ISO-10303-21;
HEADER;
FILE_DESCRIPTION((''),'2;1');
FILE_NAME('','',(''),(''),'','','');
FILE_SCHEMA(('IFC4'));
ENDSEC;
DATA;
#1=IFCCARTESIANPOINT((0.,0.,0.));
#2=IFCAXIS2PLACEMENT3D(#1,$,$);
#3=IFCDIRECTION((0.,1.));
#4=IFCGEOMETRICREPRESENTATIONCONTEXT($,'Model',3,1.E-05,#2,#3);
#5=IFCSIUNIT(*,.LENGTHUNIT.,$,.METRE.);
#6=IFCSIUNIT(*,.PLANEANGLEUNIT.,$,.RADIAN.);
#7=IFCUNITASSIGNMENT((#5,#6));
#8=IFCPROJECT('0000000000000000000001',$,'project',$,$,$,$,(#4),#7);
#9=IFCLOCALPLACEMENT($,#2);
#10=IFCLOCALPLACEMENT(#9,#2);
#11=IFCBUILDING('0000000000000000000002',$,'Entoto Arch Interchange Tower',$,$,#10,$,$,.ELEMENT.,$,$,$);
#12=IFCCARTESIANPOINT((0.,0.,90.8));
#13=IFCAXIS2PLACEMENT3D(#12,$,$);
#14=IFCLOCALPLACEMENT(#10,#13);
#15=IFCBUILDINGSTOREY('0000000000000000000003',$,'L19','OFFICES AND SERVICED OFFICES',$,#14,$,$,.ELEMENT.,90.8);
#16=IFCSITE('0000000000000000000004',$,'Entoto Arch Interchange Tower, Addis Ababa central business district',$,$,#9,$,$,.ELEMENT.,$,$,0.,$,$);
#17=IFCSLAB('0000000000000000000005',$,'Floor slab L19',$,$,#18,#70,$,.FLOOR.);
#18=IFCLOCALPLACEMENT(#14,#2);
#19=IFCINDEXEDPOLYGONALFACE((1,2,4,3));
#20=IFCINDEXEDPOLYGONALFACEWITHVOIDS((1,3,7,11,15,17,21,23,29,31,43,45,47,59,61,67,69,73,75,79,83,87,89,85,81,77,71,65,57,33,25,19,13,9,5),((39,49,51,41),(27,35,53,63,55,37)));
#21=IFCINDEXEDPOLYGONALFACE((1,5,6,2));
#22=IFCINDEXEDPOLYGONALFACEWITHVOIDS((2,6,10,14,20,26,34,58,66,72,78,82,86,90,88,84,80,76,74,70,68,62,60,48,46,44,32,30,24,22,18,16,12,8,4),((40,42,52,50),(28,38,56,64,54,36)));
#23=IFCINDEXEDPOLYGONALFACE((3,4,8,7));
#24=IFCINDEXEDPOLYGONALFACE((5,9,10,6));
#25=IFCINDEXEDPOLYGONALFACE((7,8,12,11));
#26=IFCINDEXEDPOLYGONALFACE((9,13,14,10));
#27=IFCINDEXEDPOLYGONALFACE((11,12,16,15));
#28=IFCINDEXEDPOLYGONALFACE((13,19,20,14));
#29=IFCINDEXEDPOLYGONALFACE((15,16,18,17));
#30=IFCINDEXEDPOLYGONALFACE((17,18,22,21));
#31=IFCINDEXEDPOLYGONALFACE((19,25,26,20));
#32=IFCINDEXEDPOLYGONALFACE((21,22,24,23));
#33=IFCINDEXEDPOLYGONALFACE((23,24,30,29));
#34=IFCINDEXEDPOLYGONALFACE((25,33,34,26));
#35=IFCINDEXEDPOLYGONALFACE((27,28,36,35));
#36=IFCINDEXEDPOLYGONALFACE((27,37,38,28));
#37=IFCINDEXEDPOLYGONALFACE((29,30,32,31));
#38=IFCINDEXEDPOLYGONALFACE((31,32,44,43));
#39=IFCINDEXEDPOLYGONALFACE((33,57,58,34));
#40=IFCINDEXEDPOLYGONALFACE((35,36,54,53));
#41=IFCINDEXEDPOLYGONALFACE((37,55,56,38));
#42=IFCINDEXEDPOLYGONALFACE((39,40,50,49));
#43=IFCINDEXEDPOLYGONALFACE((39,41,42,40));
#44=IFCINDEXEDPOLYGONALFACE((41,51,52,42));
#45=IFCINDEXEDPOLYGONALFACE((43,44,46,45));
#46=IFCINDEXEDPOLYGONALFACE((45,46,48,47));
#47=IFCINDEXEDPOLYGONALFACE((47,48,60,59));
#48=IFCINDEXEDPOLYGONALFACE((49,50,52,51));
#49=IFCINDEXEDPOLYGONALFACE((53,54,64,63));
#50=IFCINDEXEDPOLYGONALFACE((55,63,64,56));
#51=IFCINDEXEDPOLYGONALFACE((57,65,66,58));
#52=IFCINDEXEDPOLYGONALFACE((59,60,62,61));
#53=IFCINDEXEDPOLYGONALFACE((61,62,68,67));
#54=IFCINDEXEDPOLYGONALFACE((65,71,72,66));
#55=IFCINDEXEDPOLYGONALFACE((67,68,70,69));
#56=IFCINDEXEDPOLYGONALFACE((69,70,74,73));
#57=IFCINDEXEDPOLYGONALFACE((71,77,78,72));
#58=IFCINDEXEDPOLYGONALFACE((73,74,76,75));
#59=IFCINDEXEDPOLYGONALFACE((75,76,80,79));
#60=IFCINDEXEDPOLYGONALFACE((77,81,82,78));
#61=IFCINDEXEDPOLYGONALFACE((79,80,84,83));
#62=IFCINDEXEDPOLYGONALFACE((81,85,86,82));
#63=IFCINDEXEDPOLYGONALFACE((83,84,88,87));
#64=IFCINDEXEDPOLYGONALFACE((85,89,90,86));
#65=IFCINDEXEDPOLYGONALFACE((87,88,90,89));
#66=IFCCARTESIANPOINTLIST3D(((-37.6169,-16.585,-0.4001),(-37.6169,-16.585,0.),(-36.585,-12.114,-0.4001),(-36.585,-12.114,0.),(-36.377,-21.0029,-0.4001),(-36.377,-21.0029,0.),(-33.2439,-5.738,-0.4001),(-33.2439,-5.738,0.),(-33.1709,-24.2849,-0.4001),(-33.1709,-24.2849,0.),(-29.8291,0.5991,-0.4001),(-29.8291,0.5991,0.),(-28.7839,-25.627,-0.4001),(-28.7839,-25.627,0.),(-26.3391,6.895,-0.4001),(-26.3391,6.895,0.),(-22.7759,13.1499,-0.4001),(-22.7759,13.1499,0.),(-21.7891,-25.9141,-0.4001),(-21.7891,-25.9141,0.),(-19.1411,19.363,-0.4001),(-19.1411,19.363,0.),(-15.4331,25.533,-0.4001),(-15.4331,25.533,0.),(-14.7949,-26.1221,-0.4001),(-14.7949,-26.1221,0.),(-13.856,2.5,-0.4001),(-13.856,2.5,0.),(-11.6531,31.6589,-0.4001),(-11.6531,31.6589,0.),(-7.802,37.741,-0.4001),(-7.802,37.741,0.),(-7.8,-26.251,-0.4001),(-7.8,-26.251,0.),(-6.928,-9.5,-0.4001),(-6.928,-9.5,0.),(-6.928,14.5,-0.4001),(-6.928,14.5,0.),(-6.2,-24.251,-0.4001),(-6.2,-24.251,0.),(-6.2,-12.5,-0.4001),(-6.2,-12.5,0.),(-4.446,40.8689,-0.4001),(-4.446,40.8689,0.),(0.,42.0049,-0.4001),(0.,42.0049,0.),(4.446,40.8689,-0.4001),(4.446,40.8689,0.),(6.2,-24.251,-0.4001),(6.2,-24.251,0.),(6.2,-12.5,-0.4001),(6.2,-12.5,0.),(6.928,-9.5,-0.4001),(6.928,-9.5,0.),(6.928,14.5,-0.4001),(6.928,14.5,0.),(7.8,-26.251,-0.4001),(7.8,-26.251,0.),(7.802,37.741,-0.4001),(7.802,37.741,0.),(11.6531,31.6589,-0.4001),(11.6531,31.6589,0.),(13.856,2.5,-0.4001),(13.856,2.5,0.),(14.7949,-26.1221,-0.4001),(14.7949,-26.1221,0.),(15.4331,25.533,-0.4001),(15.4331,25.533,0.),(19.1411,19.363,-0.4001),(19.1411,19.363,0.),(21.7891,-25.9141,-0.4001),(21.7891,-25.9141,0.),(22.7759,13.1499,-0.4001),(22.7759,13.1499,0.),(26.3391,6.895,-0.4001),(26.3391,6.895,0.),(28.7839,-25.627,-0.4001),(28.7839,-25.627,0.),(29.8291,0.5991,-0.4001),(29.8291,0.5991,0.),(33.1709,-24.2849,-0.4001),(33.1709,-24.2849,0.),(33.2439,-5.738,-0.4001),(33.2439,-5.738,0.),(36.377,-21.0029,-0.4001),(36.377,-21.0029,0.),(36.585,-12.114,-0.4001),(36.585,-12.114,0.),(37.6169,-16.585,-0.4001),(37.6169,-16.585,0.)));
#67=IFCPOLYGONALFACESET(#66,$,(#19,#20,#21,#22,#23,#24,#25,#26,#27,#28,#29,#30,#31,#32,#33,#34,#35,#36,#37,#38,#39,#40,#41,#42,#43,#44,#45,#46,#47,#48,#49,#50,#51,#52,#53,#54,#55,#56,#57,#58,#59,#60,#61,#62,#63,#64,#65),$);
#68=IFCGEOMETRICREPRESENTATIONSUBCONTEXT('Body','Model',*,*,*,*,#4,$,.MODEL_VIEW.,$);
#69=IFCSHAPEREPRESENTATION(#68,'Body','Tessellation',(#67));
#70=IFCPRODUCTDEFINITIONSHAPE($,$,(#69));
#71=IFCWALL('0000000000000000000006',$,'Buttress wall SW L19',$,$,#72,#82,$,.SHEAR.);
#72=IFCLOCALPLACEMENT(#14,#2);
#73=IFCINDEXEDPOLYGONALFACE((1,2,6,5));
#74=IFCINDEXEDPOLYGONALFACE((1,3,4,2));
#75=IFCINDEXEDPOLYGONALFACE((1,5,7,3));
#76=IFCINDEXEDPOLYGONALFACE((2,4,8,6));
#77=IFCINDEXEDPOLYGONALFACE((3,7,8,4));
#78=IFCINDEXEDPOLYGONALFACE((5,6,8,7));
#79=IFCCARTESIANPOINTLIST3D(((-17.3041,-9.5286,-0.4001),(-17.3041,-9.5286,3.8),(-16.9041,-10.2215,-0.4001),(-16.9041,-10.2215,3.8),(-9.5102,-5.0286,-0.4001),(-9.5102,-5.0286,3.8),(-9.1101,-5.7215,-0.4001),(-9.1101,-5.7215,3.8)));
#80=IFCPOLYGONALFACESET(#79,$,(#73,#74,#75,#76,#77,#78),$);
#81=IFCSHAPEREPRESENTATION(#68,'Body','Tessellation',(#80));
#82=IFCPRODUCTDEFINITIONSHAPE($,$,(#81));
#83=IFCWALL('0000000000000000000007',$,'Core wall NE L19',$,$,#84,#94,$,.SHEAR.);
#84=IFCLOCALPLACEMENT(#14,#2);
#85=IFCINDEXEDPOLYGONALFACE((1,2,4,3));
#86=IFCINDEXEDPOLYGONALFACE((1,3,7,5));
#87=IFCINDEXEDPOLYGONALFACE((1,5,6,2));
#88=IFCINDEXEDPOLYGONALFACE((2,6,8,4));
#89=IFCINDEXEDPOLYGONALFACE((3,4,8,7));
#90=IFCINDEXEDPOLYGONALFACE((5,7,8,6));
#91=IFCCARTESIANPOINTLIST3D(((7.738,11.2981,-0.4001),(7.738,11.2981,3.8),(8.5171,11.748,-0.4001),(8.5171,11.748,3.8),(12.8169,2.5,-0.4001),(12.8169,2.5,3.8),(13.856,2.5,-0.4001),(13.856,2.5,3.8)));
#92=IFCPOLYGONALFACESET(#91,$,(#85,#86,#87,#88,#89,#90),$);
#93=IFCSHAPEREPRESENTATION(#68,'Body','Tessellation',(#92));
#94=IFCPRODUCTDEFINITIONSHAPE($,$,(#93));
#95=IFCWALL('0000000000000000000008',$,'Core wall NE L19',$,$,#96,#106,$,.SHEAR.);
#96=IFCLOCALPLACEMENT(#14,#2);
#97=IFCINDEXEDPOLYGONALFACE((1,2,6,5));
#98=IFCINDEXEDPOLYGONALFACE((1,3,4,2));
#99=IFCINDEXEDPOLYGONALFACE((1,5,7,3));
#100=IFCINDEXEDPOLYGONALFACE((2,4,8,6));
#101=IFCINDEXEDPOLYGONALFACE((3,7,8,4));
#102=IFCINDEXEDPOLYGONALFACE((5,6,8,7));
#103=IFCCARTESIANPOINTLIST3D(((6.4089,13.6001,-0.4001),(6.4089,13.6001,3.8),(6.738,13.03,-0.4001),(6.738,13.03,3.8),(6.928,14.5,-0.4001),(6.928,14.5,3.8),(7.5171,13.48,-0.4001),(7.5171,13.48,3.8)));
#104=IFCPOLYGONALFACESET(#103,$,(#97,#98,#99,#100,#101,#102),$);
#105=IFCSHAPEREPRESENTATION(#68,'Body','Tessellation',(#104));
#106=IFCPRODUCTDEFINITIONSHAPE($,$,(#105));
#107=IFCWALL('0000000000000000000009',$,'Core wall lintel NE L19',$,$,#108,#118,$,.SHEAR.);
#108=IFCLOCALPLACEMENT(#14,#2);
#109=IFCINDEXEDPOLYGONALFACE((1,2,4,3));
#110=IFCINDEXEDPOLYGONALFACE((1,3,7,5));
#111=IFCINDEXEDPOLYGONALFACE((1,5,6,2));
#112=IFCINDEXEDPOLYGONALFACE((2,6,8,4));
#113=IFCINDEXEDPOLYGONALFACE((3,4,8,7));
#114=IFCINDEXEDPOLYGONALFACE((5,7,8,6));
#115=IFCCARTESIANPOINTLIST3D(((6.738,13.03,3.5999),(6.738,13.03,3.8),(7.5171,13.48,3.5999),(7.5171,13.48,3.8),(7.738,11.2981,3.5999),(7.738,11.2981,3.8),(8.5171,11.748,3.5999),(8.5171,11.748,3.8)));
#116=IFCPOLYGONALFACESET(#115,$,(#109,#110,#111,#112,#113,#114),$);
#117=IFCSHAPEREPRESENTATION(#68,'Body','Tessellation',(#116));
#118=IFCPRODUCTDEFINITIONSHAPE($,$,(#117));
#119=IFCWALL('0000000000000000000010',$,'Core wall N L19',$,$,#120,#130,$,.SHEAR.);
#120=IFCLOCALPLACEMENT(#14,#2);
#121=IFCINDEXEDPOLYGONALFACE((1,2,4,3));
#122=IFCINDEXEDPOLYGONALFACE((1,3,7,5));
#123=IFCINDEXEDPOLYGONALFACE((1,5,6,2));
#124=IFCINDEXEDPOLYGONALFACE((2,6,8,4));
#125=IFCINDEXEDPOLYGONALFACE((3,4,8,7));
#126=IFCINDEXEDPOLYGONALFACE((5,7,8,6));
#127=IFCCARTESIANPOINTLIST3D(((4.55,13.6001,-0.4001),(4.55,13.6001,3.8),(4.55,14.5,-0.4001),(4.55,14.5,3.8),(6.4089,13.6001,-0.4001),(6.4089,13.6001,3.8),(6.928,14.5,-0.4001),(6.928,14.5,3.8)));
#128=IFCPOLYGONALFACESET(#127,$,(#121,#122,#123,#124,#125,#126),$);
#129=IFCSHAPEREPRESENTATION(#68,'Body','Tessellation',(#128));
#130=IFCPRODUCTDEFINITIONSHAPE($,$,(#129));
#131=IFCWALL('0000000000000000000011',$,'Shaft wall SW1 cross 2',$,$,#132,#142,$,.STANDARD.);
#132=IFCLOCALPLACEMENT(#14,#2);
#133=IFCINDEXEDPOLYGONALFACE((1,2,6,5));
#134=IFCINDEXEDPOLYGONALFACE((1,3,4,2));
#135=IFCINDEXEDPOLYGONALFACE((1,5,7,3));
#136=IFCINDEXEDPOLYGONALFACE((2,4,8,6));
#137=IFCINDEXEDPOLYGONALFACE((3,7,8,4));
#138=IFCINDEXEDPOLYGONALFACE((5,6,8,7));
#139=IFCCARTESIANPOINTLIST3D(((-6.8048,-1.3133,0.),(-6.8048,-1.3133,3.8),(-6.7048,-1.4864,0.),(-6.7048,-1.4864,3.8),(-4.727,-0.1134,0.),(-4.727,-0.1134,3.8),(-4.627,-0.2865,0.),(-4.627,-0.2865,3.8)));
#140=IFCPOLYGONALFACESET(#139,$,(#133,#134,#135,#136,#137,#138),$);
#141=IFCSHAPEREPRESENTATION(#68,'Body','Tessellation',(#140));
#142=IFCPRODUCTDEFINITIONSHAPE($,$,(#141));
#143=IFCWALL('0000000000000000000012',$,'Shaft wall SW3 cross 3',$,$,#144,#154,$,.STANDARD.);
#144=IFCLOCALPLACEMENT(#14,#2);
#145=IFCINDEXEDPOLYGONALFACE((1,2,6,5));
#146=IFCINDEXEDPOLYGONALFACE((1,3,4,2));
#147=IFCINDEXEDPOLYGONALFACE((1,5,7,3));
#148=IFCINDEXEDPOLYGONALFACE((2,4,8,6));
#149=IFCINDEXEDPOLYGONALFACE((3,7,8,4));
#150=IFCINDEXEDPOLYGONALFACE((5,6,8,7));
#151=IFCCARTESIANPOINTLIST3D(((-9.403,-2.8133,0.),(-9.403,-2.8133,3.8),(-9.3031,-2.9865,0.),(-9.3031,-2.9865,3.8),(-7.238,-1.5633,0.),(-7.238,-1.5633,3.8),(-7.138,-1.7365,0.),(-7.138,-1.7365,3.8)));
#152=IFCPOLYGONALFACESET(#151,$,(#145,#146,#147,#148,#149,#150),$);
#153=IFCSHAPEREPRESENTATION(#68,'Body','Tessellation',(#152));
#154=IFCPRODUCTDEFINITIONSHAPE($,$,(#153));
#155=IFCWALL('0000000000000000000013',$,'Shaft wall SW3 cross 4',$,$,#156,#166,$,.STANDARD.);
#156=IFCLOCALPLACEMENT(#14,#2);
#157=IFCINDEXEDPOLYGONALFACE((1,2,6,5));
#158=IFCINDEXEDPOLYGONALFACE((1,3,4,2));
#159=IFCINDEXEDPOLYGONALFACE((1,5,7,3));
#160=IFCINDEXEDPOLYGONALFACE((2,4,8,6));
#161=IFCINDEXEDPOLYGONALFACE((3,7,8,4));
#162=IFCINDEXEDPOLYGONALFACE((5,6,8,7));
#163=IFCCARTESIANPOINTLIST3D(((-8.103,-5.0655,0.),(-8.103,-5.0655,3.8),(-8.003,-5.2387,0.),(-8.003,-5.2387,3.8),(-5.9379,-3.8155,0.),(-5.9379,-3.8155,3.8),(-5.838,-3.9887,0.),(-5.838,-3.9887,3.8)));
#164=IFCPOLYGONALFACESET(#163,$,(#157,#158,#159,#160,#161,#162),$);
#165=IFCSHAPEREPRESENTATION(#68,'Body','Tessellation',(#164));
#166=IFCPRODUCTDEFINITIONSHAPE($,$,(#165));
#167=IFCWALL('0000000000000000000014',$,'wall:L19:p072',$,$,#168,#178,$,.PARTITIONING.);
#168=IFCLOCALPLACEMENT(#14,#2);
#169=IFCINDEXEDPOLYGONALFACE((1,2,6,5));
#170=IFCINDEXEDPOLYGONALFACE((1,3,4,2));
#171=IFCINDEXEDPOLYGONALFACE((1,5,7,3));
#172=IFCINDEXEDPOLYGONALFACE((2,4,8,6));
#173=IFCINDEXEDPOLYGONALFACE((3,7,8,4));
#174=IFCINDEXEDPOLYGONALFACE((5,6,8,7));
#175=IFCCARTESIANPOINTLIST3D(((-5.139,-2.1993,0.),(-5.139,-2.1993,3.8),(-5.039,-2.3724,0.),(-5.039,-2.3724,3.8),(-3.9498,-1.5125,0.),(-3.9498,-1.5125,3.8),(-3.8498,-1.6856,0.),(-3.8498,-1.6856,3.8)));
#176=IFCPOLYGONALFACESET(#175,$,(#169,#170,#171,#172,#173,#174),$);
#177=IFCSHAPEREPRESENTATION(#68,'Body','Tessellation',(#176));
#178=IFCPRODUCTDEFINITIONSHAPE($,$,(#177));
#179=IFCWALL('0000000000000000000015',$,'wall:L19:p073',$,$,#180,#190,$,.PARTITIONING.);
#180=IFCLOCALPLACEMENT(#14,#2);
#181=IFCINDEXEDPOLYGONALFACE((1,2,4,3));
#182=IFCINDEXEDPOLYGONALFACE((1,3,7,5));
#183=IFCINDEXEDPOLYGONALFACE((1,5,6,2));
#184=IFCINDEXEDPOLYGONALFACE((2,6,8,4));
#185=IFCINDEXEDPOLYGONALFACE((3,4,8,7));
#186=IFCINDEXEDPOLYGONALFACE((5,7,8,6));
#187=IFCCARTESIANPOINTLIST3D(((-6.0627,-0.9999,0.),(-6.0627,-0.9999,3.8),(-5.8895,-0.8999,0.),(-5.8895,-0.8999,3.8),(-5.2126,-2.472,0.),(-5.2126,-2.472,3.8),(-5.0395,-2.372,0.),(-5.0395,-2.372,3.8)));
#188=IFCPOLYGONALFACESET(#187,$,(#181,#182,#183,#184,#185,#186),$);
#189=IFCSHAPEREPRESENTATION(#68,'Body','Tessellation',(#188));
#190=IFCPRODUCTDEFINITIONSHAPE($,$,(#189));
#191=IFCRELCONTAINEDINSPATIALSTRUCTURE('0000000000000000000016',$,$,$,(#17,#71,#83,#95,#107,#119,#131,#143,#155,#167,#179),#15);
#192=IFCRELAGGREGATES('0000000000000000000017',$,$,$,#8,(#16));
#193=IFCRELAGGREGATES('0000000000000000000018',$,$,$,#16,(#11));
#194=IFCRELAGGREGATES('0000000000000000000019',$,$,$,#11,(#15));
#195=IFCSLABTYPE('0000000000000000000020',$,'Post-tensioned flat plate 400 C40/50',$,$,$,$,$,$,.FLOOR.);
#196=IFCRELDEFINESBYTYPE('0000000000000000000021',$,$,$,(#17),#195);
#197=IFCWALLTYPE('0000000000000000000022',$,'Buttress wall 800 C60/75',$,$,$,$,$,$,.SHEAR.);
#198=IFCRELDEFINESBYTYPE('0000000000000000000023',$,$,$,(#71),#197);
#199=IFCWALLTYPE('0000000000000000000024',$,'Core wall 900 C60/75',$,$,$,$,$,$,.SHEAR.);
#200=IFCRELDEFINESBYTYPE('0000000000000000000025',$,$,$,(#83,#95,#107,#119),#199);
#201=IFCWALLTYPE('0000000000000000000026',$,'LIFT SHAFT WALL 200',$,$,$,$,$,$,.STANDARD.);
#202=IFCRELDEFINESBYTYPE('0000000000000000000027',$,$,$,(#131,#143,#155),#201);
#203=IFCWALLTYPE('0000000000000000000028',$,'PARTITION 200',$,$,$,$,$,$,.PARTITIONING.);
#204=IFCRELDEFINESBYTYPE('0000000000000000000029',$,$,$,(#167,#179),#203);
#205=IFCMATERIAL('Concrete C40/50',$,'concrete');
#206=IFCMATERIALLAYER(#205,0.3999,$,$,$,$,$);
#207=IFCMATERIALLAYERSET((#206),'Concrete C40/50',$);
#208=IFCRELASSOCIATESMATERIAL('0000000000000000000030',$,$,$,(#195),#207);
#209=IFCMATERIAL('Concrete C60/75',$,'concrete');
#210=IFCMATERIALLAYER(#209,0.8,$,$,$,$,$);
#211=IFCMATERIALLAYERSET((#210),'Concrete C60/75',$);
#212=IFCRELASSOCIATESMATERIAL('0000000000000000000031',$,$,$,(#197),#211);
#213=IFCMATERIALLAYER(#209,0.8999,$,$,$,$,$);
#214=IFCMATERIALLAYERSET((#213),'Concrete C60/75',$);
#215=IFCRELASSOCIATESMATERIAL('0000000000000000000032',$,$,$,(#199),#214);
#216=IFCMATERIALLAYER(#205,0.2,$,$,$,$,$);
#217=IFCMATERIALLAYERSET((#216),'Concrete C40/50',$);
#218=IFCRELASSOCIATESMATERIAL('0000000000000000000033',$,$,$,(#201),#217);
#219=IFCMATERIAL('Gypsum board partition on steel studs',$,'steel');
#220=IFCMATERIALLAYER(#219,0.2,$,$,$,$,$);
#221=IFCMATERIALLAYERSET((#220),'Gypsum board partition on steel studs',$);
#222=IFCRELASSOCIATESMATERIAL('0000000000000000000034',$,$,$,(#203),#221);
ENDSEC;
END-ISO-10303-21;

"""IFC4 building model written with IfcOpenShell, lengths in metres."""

from ifc_helpers import new_model, si_unit, direction, frame, frame_2d, origin, place, context, subcontext, project, spatial, polyline, rectangle, outline, extrude, material, layer, layer_set, type_object, element, save


model = new_model("IFC4")

# Units and contexts
model_context = context("Model", 3, precision=1e-05, world=origin(), true_north=direction((0.0, 1.0)))
body_context = subcontext(model_context, "Body", "Model", "MODEL_VIEW")
ifc_project = project(units=[si_unit("LENGTHUNIT", "METRE"), si_unit("PLANEANGLEUNIT", "RADIAN")], contexts=[model_context])

# Site, building, storey
site_placement = place(None, origin())
site = spatial("IfcSite", under=ifc_project, at=site_placement, Name="Entoto Arch Interchange Tower, Addis Ababa central business district", CompositionType="ELEMENT", RefElevation=0.0)
building_placement = place(site_placement, origin())
building = spatial("IfcBuilding", under=site, at=building_placement, Name="Entoto Arch Interchange Tower", CompositionType="ELEMENT")
storey_placement = place(building_placement, frame((0.0, 0.0, 90.8)))
storey = spatial("IfcBuildingStorey", under=building, at=storey_placement, Name="L19", Description="OFFICES AND SERVICED OFFICES", CompositionType="ELEMENT", Elevation=90.8)

# Slab
ifc_material_1 = material(Name="Concrete C40/50", Category="concrete")
ifc_layer_1 = layer(ifc_material_1, 0.3999)
ifc_layer_set_1 = layer_set([ifc_layer_1], Name="Concrete C40/50")
slab_type = type_object("IfcSlabType", Name="Post-tensioned flat plate 400 C40/50", PredefinedType="FLOOR", material=ifc_layer_set_1)
slab_placement = place(storey_placement, frame((0.0, 0.0, -0.4001)))
element("IfcSlab", 1, at=slab_placement, inside=storey, type_object=slab_type, Name="Floor slab L19", PredefinedType="FLOOR", context=body_context, shape_type="SweptSolid", body=[
    extrude(outline(polyline([(-28.7839, -25.627), (-21.7891, -25.9141), (-14.7949, -26.1221), (-7.8, -26.251), (7.8, -26.251), (14.7949, -26.1221), (21.7891, -25.9141), (28.7839, -25.627), (33.1709, -24.2849), (36.377, -21.0029), (37.6169, -16.585), (36.585, -12.114), (33.2439, -5.738), (29.8291, 0.5991), (26.3391, 6.895), (22.7759, 13.1499), (19.1411, 19.363), (15.4331, 25.533), (11.6531, 31.6589), (7.802, 37.741), (4.446, 40.8689), (0.0, 42.0049), (-4.446, 40.8689), (-7.802, 37.741), (-11.6531, 31.6589), (-15.4331, 25.533), (-19.1411, 19.363), (-22.7759, 13.1499), (-26.3391, 6.895), (-29.8291, 0.5991), (-33.2439, -5.738), (-36.585, -12.114), (-37.6169, -16.585), (-36.377, -21.0029), (-33.1709, -24.2849), (-28.7839, -25.627)]), holes=[polyline([(6.2, -24.251), (6.2, -12.5), (-6.2, -12.5), (-6.2, -24.251), (6.2, -24.251)]), polyline([(13.856, 2.5), (6.928, 14.5), (-6.928, 14.5), (-13.856, 2.5), (-6.928, -9.5), (6.928, -9.5), (13.856, 2.5)])]), origin(), (0.0, 0.0, 1.0), 0.4001),
])

# Walls
ifc_material_2 = material(Name="Concrete C60/75", Category="concrete")
ifc_layer_2 = layer(ifc_material_2, 0.8)
ifc_layer_set_2 = layer_set([ifc_layer_2], Name="Concrete C60/75")
wall_type_1 = type_object("IfcWallType", Name="Buttress wall 800 C60/75", PredefinedType="SHEAR", material=ifc_layer_set_2)
wall_1_placement = place(storey_placement, frame((-9.3101, -5.375, -0.4001), z_axis=(0.0, 0.0, 1.0), x_axis=(-0.866018, -0.500014, 0.0)))
element("IfcWall", 2, at=wall_1_placement, inside=storey, type_object=wall_type_1, Name="Buttress wall SW L19", PredefinedType="SHEAR", context=body_context, shape_type="SweptSolid", body=[
    extrude(rectangle(XDim=8.9998, YDim=0.8, at=frame_2d((4.5, 0.0))), origin(), (0.0, 0.0, 1.0), 4.2002),
])
ifc_layer_3 = layer(ifc_material_2, 0.8999)
ifc_layer_set_3 = layer_set([ifc_layer_3], Name="Concrete C60/75")
wall_type_2 = type_object("IfcWallType", Name="Core wall 900 C60/75", PredefinedType="SHEAR", material=ifc_layer_set_3)
wall_2_placement = place(storey_placement, frame((0.0, 0.0, -0.4001)))
element("IfcWall", 3, at=wall_2_placement, inside=storey, type_object=wall_type_2, Name="Core wall NE L19", PredefinedType="SHEAR", context=body_context, shape_type="SweptSolid", body=[
    extrude(outline(polyline([(8.5171, 11.748), (7.738, 11.2981), (12.8169, 2.5), (13.856, 2.5), (8.5171, 11.748)])), origin(), (0.0, 0.0, 1.0), 4.2002),
])
wall_3_placement = place(storey_placement, frame((0.0, 0.0, -0.4001)))
element("IfcWall", 4, at=wall_3_placement, inside=storey, type_object=wall_type_2, Name="Core wall NE L19", PredefinedType="SHEAR", context=body_context, shape_type="SweptSolid", body=[
    extrude(outline(polyline([(6.738, 13.03), (7.5171, 13.48), (6.928, 14.5), (6.4089, 13.6001), (6.738, 13.03)])), origin(), (0.0, 0.0, 1.0), 4.2002),
])
wall_4_placement = place(storey_placement, frame((0.0, 0.0, 3.5999)))
element("IfcWall", 5, at=wall_4_placement, inside=storey, type_object=wall_type_2, Name="Core wall lintel NE L19", PredefinedType="SHEAR", context=body_context, shape_type="SweptSolid", body=[
    extrude(outline(polyline([(7.5171, 13.48), (6.738, 13.03), (7.738, 11.2981), (8.5171, 11.748), (7.5171, 13.48)])), origin(), (0.0, 0.0, 1.0), 0.2002),
])
wall_5_placement = place(storey_placement, frame((0.0, 0.0, -0.4001)))
element("IfcWall", 6, at=wall_5_placement, inside=storey, type_object=wall_type_2, Name="Core wall N L19", PredefinedType="SHEAR", context=body_context, shape_type="SweptSolid", body=[
    extrude(outline(polyline([(4.55, 14.5), (4.55, 13.6001), (6.4089, 13.6001), (6.928, 14.5), (4.55, 14.5)])), origin(), (0.0, 0.0, 1.0), 4.2002),
])
ifc_layer_4 = layer(ifc_material_1, 0.2)
ifc_layer_set_4 = layer_set([ifc_layer_4], Name="Concrete C40/50")
wall_type_3 = type_object("IfcWallType", Name="LIFT SHAFT WALL 200", PredefinedType="STANDARD", material=ifc_layer_set_4)
wall_6_placement = place(storey_placement, frame((-4.677, -0.2, 0.0), z_axis=(0.0, 0.0, 1.0), x_axis=(-0.865974, -0.500089, 0.0)))
element("IfcWall", 7, at=wall_6_placement, inside=storey, type_object=wall_type_3, Name="Shaft wall SW1 cross 2", PredefinedType="STANDARD", context=body_context, shape_type="SweptSolid", body=[
    extrude(rectangle(XDim=2.3994, YDim=0.2, at=frame_2d((1.1997, 0.0))), origin(), (0.0, 0.0, 1.0), 3.8),
])
for number, where, z_axis, x_axis, name in (
    (8, (-7.188, -1.6499, 0.0), (0.0, 0.0, 1.0), (-0.866023, -0.500004, 0.0), "Shaft wall SW3 cross 3"),
    (9, (-5.8879, -3.9021, 0.0), (0.0, 0.0, 1.0), (-0.866023, -0.500004, 0.0), "Shaft wall SW3 cross 4"),
):
    element("IfcWall", number, at=place(storey_placement, frame(where, z_axis=z_axis, x_axis=x_axis)), inside=storey, type_object=wall_type_3, Name=name, PredefinedType="STANDARD", context=body_context, shape_type="SweptSolid", body=[
        extrude(rectangle(XDim=2.5, YDim=0.2, at=frame_2d((1.25, 0.0))), origin(), (0.0, 0.0, 1.0), 3.8),
    ])
ifc_material_3 = material(Name="Gypsum board partition on steel studs", Category="steel")
ifc_layer_5 = layer(ifc_material_3, 0.2)
ifc_layer_set_5 = layer_set([ifc_layer_5], Name="Gypsum board partition on steel studs")
wall_type_4 = type_object("IfcWallType", Name="PARTITION 200", PredefinedType="PARTITIONING", material=ifc_layer_set_5)
wall_7_placement = place(storey_placement, frame((-3.8999, -1.5991, 0.0), z_axis=(0.0, 0.0, 1.0), x_axis=(-0.865969, -0.500097, 0.0)))
element("IfcWall", 10, at=wall_7_placement, inside=storey, type_object=wall_type_4, Name="wall:L19:p072", PredefinedType="PARTITIONING", context=body_context, shape_type="SweptSolid", body=[
    extrude(rectangle(XDim=1.3733, YDim=0.2, at=frame_2d((0.6865, 0.0))), origin(), (0.0, 0.0, 1.0), 3.8),
])
wall_8_placement = place(storey_placement, frame((-5.126, -2.4221, 0.0), z_axis=(0.0, 0.0, 1.0), x_axis=(-0.500062, 0.865989, 0.0)))
element("IfcWall", 11, at=wall_8_placement, inside=storey, type_object=wall_type_4, Name="wall:L19:p073", PredefinedType="PARTITIONING", context=body_context, shape_type="SweptSolid", body=[
    extrude(rectangle(XDim=1.7, YDim=0.2, at=frame_2d((0.8501, 0.0))), origin(), (0.0, 0.0, 1.0), 3.8),
])

save(model, "model.ifc")
